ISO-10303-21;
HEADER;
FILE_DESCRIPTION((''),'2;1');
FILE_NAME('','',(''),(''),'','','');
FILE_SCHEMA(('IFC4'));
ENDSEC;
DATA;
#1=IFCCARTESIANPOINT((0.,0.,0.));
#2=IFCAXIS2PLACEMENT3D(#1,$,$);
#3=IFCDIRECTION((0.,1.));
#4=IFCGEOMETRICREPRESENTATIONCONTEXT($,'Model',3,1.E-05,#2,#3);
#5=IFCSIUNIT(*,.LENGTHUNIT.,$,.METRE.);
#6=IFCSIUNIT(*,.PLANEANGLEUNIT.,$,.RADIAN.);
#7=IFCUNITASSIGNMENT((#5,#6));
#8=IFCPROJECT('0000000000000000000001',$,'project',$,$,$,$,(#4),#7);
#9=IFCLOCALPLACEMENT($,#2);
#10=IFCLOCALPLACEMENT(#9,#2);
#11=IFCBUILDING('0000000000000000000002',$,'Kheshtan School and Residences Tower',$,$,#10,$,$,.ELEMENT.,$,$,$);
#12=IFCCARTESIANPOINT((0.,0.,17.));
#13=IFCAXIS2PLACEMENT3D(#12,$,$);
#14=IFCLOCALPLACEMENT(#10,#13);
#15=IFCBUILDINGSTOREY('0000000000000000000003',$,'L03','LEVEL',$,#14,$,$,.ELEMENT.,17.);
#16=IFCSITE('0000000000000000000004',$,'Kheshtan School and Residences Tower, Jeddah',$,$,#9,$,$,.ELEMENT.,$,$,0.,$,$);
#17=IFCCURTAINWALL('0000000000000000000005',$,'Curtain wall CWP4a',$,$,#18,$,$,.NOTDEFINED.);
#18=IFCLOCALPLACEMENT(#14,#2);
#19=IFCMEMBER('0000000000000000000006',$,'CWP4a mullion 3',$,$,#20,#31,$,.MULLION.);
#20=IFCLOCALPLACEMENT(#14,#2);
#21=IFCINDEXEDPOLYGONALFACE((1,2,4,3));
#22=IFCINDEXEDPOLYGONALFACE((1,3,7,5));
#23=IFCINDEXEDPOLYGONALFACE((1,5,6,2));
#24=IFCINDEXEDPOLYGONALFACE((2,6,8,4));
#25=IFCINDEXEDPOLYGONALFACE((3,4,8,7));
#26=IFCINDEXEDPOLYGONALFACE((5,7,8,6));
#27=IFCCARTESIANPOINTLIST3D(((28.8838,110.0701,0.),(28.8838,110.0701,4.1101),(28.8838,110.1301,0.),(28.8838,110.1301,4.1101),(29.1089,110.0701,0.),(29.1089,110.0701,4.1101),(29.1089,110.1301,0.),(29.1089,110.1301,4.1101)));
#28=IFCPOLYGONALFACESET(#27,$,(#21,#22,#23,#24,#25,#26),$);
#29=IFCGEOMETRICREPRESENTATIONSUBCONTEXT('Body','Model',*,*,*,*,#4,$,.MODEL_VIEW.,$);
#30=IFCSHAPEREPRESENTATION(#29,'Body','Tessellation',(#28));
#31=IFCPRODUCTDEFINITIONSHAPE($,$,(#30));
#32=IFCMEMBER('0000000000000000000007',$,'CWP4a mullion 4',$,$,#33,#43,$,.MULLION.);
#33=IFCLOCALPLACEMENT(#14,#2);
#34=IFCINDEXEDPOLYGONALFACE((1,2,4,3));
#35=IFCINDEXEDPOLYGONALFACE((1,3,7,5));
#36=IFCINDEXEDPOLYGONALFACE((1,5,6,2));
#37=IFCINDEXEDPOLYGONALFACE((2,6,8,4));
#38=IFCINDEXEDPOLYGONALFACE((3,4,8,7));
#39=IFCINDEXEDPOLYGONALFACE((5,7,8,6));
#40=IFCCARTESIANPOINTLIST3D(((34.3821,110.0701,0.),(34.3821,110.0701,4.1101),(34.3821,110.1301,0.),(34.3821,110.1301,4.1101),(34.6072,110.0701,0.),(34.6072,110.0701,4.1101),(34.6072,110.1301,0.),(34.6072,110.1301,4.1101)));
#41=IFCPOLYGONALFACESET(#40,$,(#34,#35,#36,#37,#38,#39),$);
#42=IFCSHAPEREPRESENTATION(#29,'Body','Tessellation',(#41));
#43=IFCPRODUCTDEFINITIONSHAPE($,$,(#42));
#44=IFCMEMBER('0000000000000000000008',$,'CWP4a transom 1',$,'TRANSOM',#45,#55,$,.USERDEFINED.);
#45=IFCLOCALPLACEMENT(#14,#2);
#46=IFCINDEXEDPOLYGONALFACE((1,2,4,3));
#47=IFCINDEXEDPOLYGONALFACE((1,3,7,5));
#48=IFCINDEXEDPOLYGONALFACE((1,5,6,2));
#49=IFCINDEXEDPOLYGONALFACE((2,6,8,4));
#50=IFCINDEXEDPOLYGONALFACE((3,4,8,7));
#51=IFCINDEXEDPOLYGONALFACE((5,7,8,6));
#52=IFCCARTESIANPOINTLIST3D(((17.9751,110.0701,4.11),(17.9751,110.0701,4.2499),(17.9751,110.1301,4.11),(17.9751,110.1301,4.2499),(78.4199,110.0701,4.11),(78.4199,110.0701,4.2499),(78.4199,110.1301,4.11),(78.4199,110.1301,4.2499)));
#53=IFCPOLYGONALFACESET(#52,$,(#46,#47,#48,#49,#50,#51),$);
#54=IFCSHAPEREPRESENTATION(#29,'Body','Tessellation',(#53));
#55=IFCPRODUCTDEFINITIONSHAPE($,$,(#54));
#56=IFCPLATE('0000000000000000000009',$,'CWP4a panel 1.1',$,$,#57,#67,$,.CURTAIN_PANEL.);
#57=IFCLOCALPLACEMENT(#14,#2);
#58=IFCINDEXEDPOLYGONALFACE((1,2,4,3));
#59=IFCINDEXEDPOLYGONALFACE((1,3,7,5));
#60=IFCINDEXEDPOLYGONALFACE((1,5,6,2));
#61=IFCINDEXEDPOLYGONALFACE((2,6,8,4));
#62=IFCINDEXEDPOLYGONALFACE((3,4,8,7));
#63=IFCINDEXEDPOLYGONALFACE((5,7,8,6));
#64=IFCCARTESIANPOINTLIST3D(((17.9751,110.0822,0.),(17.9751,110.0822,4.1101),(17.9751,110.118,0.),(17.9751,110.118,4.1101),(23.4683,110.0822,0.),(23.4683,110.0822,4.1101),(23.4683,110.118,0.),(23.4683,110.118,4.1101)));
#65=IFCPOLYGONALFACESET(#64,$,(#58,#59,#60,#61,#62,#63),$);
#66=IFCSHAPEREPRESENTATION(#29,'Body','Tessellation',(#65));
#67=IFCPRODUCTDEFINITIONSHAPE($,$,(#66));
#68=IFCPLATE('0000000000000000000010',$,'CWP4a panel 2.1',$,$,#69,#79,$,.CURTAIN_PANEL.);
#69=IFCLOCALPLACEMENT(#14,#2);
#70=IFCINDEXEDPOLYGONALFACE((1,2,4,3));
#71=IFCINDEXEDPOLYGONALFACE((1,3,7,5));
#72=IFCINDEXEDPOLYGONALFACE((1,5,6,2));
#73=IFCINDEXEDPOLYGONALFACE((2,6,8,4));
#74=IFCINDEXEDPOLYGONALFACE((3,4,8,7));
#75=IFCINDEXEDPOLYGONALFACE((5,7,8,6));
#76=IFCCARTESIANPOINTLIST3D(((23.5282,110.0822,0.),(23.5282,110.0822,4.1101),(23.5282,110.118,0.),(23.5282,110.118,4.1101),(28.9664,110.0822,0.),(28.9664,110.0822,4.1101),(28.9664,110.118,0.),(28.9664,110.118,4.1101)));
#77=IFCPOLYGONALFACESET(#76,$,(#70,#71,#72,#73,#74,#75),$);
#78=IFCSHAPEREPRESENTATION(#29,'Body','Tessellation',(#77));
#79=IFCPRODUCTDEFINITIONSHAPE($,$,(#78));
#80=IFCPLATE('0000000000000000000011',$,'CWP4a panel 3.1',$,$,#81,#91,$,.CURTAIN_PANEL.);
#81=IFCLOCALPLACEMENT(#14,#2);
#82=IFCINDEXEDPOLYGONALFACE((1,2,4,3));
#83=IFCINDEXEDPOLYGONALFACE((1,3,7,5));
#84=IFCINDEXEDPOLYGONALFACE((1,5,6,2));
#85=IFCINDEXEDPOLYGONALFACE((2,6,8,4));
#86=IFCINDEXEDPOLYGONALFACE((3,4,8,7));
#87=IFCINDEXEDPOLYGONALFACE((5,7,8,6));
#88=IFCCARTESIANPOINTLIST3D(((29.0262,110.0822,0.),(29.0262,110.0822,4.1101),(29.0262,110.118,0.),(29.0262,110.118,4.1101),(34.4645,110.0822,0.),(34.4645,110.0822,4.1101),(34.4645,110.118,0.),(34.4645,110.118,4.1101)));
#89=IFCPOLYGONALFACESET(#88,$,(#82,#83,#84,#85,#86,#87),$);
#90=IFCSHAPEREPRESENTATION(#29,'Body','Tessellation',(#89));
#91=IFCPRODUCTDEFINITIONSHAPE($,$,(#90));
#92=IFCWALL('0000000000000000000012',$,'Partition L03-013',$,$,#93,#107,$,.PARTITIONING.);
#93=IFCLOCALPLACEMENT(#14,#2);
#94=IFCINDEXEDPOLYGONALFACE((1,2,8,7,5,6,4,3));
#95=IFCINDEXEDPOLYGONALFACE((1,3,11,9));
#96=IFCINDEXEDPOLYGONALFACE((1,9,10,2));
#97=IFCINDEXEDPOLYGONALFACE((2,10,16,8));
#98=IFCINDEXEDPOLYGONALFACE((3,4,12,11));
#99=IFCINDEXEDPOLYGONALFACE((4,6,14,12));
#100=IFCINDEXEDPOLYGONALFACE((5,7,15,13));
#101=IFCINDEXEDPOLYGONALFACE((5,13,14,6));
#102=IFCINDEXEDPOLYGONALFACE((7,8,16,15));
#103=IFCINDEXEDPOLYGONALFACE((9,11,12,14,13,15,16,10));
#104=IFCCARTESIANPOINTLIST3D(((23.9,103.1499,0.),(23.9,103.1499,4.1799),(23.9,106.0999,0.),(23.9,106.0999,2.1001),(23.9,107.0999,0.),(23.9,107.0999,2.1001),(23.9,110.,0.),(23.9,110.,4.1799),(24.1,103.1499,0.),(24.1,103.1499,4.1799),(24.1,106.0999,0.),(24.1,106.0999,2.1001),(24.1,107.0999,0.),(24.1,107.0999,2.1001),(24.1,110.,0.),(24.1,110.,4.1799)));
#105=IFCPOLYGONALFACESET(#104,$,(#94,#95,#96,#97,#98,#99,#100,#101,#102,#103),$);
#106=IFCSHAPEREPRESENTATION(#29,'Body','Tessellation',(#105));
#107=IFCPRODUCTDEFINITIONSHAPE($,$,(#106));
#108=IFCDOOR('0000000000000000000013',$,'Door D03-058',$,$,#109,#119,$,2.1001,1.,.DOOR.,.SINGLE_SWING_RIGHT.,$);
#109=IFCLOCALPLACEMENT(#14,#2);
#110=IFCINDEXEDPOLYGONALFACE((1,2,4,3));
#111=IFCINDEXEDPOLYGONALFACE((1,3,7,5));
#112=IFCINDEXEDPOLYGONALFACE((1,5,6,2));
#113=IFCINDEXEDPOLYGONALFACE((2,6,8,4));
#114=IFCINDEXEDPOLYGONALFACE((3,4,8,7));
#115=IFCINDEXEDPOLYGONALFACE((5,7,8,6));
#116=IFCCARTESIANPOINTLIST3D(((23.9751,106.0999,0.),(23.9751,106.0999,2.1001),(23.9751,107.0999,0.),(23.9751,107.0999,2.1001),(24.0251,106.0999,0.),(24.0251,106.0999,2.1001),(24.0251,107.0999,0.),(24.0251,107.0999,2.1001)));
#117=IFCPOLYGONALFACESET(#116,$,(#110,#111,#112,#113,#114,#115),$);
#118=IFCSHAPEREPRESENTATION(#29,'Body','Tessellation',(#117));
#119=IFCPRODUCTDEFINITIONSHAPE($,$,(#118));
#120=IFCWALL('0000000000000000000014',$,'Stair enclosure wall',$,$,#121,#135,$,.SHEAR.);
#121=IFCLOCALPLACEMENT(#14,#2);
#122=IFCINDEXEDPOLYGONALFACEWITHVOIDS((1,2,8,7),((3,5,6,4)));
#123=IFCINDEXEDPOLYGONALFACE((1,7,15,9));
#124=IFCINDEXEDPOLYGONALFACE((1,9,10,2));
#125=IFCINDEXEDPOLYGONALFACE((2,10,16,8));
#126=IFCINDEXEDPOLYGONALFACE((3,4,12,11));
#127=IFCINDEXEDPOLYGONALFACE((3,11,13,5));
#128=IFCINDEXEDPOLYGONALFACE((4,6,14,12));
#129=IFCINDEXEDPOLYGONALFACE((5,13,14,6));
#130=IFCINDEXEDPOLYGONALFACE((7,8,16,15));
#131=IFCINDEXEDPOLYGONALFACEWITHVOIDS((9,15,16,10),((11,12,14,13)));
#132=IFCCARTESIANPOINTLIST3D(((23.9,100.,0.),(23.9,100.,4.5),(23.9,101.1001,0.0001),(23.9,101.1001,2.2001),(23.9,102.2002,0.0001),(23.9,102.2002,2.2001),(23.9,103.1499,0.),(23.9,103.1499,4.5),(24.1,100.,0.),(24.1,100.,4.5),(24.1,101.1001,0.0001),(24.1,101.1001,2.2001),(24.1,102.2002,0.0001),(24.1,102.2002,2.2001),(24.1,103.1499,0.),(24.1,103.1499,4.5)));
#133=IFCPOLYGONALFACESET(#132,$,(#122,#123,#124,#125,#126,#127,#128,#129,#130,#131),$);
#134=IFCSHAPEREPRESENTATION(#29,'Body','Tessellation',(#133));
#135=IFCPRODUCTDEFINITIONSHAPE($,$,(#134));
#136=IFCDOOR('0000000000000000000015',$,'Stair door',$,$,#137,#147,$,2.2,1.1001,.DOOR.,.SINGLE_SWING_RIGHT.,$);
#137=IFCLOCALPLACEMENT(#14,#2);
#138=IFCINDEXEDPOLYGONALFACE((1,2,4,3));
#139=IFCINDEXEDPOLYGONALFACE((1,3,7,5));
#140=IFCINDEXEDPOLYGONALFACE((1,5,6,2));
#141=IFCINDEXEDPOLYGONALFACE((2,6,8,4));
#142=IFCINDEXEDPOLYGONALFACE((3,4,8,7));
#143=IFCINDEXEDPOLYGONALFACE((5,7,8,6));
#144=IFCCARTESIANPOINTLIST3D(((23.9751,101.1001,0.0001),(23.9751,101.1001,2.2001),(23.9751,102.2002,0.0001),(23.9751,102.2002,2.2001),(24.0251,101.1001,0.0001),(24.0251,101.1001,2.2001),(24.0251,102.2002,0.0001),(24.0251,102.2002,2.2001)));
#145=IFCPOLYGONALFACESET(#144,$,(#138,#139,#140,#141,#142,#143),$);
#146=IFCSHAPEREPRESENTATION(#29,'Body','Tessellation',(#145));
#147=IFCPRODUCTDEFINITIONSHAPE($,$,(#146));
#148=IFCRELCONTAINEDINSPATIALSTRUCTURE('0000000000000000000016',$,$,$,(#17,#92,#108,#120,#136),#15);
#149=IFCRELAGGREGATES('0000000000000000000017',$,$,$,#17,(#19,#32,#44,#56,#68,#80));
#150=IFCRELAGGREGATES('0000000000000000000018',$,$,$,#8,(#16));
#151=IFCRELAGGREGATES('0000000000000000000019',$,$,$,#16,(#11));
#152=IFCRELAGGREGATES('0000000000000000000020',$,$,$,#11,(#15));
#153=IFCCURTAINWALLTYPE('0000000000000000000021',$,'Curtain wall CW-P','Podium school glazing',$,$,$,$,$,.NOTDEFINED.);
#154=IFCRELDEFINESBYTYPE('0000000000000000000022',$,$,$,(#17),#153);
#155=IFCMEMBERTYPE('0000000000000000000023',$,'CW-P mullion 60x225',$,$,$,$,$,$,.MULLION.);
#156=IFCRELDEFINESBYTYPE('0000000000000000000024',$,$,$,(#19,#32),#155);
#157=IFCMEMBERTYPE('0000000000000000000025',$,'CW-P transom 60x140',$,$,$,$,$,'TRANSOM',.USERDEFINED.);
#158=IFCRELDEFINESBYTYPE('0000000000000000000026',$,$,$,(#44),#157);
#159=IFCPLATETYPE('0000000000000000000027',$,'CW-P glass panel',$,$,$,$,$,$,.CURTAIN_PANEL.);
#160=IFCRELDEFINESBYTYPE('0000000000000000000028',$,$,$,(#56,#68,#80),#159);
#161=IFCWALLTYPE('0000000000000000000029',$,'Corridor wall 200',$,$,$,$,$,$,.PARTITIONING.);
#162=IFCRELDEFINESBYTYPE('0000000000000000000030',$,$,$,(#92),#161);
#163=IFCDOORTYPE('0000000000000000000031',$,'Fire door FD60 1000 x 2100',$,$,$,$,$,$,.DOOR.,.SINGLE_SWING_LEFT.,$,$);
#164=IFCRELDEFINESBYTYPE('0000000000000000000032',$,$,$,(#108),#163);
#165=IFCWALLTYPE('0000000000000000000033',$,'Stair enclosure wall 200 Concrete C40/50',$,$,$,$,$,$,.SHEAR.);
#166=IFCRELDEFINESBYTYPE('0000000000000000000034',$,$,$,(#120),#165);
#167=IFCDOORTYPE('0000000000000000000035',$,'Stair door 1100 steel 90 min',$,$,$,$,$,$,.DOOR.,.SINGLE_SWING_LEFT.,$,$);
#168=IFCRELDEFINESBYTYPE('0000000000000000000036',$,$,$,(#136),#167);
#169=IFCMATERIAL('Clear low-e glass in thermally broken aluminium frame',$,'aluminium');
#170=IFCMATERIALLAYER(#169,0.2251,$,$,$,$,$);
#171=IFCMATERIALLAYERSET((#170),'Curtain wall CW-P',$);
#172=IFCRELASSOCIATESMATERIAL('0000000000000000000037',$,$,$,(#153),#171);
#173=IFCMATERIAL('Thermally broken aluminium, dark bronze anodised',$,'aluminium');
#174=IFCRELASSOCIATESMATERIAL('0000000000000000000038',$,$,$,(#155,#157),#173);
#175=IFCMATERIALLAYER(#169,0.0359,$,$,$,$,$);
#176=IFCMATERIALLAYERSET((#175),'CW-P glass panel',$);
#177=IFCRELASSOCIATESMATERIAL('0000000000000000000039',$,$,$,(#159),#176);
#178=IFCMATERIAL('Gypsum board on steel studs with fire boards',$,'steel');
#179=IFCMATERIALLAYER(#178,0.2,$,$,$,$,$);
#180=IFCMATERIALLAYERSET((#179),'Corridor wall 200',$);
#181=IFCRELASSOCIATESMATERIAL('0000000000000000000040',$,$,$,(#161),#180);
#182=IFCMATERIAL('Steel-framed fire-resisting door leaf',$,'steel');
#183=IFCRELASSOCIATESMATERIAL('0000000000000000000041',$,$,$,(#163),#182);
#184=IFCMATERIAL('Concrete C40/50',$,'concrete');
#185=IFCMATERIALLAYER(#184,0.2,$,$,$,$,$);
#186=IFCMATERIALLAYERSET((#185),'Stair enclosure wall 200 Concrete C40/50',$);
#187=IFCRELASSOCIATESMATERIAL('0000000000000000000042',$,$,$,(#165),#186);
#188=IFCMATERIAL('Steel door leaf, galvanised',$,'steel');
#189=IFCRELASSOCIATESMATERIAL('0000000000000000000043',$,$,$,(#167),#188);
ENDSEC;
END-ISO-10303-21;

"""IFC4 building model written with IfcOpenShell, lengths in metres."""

from ifc_helpers import new_model, si_unit, direction, frame, frame_2d, origin, origin_2d, place, context, subcontext, project, spatial, rectangle, extrude, source, transform, mapped, material, layer, layer_set, material_profile, profile_set, type_object, element, fill, aggregate, save


model = new_model("IFC4")

# Units and contexts
model_context = context("Model", 3, precision=1e-05, world=origin(), true_north=direction((0.0, 1.0)))
body_context = subcontext(model_context, "Body", "Model", "MODEL_VIEW")
ifc_project = project(units=[si_unit("LENGTHUNIT", "METRE"), si_unit("PLANEANGLEUNIT", "RADIAN")], contexts=[model_context])

# Site, building, storey
site_placement = place(None, origin())
site = spatial("IfcSite", under=ifc_project, at=site_placement, Name="Kheshtan School and Residences Tower, Jeddah", CompositionType="ELEMENT", RefElevation=0.0)
building_placement = place(site_placement, origin())
building = spatial("IfcBuilding", under=site, at=building_placement, Name="Kheshtan School and Residences Tower", CompositionType="ELEMENT")
storey_placement = place(building_placement, frame((0.0, 0.0, 17.0)))
storey = spatial("IfcBuildingStorey", under=building, at=storey_placement, Name="L03", Description="LEVEL", CompositionType="ELEMENT", Elevation=17.0)

# Curtain wall, members, plates
ifc_material_1 = material(Name="Clear low-e glass in thermally broken aluminium frame", Category="aluminium")
ifc_layer_1 = layer(ifc_material_1, 0.2251)
ifc_layer_set_1 = layer_set([ifc_layer_1], Name="Curtain wall CW-P")
curtain_wall_type = type_object("IfcCurtainWallType", Name="Curtain wall CW-P", Description="Podium school glazing", PredefinedType="NOTDEFINED", material=ifc_layer_set_1)
curtain_wall_placement = place(storey_placement, origin())
curtain_wall = element("IfcCurtainWall", 1, at=curtain_wall_placement, inside=storey, type_object=curtain_wall_type, Name="Curtain wall CWP4a", PredefinedType="NOTDEFINED")
ifc_material_2 = material(Name="Thermally broken aluminium, dark bronze anodised", Category="aluminium")
ifc_material_profile_1 = material_profile(ifc_material_2, rectangle(XDim=0.0601, YDim=0.2251, at=origin_2d()), Name="CW-P mullion 60x225")
ifc_profile_set_1 = profile_set([ifc_material_profile_1], Name="Thermally broken aluminium, dark bronze anodised")
member_type_1 = type_object("IfcMemberType", Name="CW-P mullion 60x225", PredefinedType="MULLION", material=ifc_profile_set_1)
member_1_placement = place(storey_placement, frame((28.9963, 110.1001, 0.0), z_axis=(0.0, 0.0, 1.0), x_axis=(0.0, 1.0, 0.0)))
member_1 = element("IfcMember", 2, at=member_1_placement, type_object=member_type_1, Name="CWP4a mullion 3", PredefinedType="MULLION", context=body_context, shape_type="SweptSolid", body=[
    extrude(rectangle(XDim=0.0601, YDim=0.2251, at=origin_2d()), origin(), (0.0, 0.0, 1.0), 4.1101),
])
member_2_placement = place(storey_placement, frame((34.4946, 110.1001, 0.0), z_axis=(0.0, 0.0, 1.0), x_axis=(0.0, 1.0, 0.0)))
member_2 = element("IfcMember", 3, at=member_2_placement, type_object=member_type_1, Name="CWP4a mullion 4", PredefinedType="MULLION", context=body_context, shape_type="SweptSolid", body=[
    extrude(rectangle(XDim=0.0601, YDim=0.2251, at=origin_2d()), origin(), (0.0, 0.0, 1.0), 4.1101),
])
ifc_material_profile_2 = material_profile(ifc_material_2, rectangle(XDim=0.0601, YDim=0.1399, at=origin_2d()), Name="CW-P transom 60x140")
ifc_profile_set_2 = profile_set([ifc_material_profile_2], Name="Thermally broken aluminium, dark bronze anodised")
member_type_2 = type_object("IfcMemberType", Name="CW-P transom 60x140", ElementType="TRANSOM", PredefinedType="USERDEFINED", material=ifc_profile_set_2)
member_3_placement = place(storey_placement, frame((17.9751, 110.1001, 4.1799), z_axis=(1.0, 0.0, 0.0), x_axis=(0.0, 1.0, 0.0)))
member_3 = element("IfcMember", 4, at=member_3_placement, type_object=member_type_2, Name="CWP4a transom 1", ObjectType="TRANSOM", PredefinedType="USERDEFINED", context=body_context, shape_type="SweptSolid", body=[
    extrude(rectangle(XDim=0.0601, YDim=0.1399, at=origin_2d()), origin(), (0.0, 0.0, 1.0), 60.4448),
])
ifc_layer_2 = layer(ifc_material_1, 0.0359)
ifc_layer_set_2 = layer_set([ifc_layer_2], Name="CW-P glass panel")
plate_type = type_object("IfcPlateType", Name="CW-P glass panel", PredefinedType="CURTAIN_PANEL", material=ifc_layer_set_2)
plate_1_placement = place(storey_placement, frame((20.7217, 110.1001, 0.0), z_axis=(0.0, 0.0, 1.0), x_axis=(1.0, 0.0, 0.0)))
plate_1 = element("IfcPlate", 5, at=plate_1_placement, type_object=plate_type, Name="CWP4a panel 1.1", PredefinedType="CURTAIN_PANEL", context=body_context, shape_type="SweptSolid", body=[
    extrude(rectangle(XDim=5.4932, YDim=0.0359, at=origin_2d()), origin(), (0.0, 0.0, 1.0), 4.1101),
])
plate_2_placement = place(storey_placement, frame((26.2473, 110.1001, 0.0), z_axis=(0.0, 0.0, 1.0), x_axis=(1.0, 0.0, 0.0)))
plate_2 = element("IfcPlate", 6, at=plate_2_placement, type_object=plate_type, Name="CWP4a panel 2.1", PredefinedType="CURTAIN_PANEL", context=body_context, shape_type="SweptSolid", body=[
    extrude(rectangle(XDim=5.4382, YDim=0.0359, at=origin_2d()), origin(), (0.0, 0.0, 1.0), 4.1101),
])
plate_3_placement = place(storey_placement, frame((31.7454, 110.1001, 0.0), z_axis=(0.0, 0.0, 1.0), x_axis=(1.0, 0.0, 0.0)))
plate_3 = element("IfcPlate", 7, at=plate_3_placement, type_object=plate_type, Name="CWP4a panel 3.1", PredefinedType="CURTAIN_PANEL", context=body_context, shape_type="SweptSolid", body=[
    extrude(rectangle(XDim=5.4382, YDim=0.0359, at=origin_2d()), origin(), (0.0, 0.0, 1.0), 4.1101),
])
aggregate(curtain_wall, [member_1, member_2, member_3, plate_1, plate_2, plate_3])

# Walls, openings, doors
ifc_material_3 = material(Name="Gypsum board on steel studs with fire boards", Category="steel")
ifc_layer_3 = layer(ifc_material_3, 0.2)
ifc_layer_set_3 = layer_set([ifc_layer_3], Name="Corridor wall 200")
wall_type_1 = type_object("IfcWallType", Name="Corridor wall 200", PredefinedType="PARTITIONING", material=ifc_layer_set_3)
wall_1_placement = place(storey_placement, frame((24.0, 103.1499, 0.0), z_axis=(0.0, 0.0, 1.0), x_axis=(0.0, 1.0, 0.0)))
wall_1 = element("IfcWall", 8, at=wall_1_placement, inside=storey, type_object=wall_type_1, Name="Partition L03-013", PredefinedType="PARTITIONING", context=body_context, shape_type="SweptSolid", body=[
    extrude(rectangle(XDim=6.8501, YDim=0.2, at=frame_2d((3.425, 0.0))), origin(), (0.0, 0.0, 1.0), 4.1799),
])
opening_1_placement = place(wall_1_placement, frame((2.95, 0.0, 0.0)))
opening_1 = element("IfcOpeningElement", 9, at=opening_1_placement, cuts=wall_1, PredefinedType="OPENING", context=body_context, shape_type="SweptSolid", body=[
    extrude(rectangle(XDim=1.0, YDim=2.1001, at=frame_2d((0.5, 1.05))), frame((0.0, 0.1099, 0.0), z_axis=(0.0, -1.0, 0.0), x_axis=(1.0, 0.0, 0.0)), (0.0, 0.0, 1.0), 0.22),
])
ifc_material_4 = material(Name="Steel-framed fire-resisting door leaf", Category="steel")
door_type_1 = type_object("IfcDoorType", Name="Fire door FD60 1000 x 2100", OperationType="SINGLE_SWING_LEFT", PredefinedType="DOOR", material=ifc_material_4)
shared_shape_1 = source(origin(), body_context, "Body", "SweptSolid", [
    extrude(rectangle(XDim=1.0, YDim=2.1001, at=frame_2d((0.5, 1.05))), frame((0.0, 0.0249, 0.0), z_axis=(0.0, -1.0, 0.0), x_axis=(1.0, 0.0, 0.0)), (0.0, 0.0, 1.0), 0.05),
])
door_1_placement = place(opening_1_placement, origin())
door_1 = element("IfcDoor", 10, at=door_1_placement, inside=storey, type_object=door_type_1, Name="Door D03-058", OperationType="SINGLE_SWING_RIGHT", OverallHeight=2.1001, OverallWidth=1.0, PredefinedType="DOOR", context=body_context, shape_type="MappedRepresentation", body=[
    mapped(shared_shape_1, transform((0.0, 0.0, 0.0), x_axis=(1.0, 0.0, 0.0), y_axis=(0.0, 1.0, 0.0), z_axis=(0.0, 0.0, 1.0), scale=1.0)),
])
fill(opening_1, door_1)
ifc_material_5 = material(Name="Concrete C40/50", Category="concrete")
ifc_layer_4 = layer(ifc_material_5, 0.2)
ifc_layer_set_4 = layer_set([ifc_layer_4], Name="Stair enclosure wall 200 Concrete C40/50")
wall_type_2 = type_object("IfcWallType", Name="Stair enclosure wall 200 Concrete C40/50", PredefinedType="SHEAR", material=ifc_layer_set_4)
wall_2_placement = place(storey_placement, frame((24.0, 100.0, 0.0), z_axis=(0.0, 0.0, 1.0), x_axis=(0.0, 1.0, 0.0)))
wall_2 = element("IfcWall", 11, at=wall_2_placement, inside=storey, type_object=wall_type_2, Name="Stair enclosure wall", PredefinedType="SHEAR", context=body_context, shape_type="SweptSolid", body=[
    extrude(rectangle(XDim=3.1499, YDim=0.2, at=frame_2d((1.575, 0.0))), origin(), (0.0, 0.0, 1.0), 4.5),
])
opening_2_placement = place(wall_2_placement, frame((1.1001, 0.0, 0.0)))
opening_2 = element("IfcOpeningElement", 12, at=opening_2_placement, cuts=wall_2, PredefinedType="OPENING", context=body_context, shape_type="SweptSolid", body=[
    extrude(rectangle(XDim=1.1001, YDim=2.2, at=frame_2d((0.55, 1.1001))), frame((0.0, 0.1099, 0.0), z_axis=(0.0, -1.0, 0.0), x_axis=(1.0, 0.0, 0.0)), (0.0, 0.0, 1.0), 0.22),
])
ifc_material_6 = material(Name="Steel door leaf, galvanised", Category="steel")
door_type_2 = type_object("IfcDoorType", Name="Stair door 1100 steel 90 min", OperationType="SINGLE_SWING_LEFT", PredefinedType="DOOR", material=ifc_material_6)
shared_shape_2 = source(origin(), body_context, "Body", "SweptSolid", [
    extrude(rectangle(XDim=1.1001, YDim=2.2, at=frame_2d((0.55, 1.1001))), frame((0.0, 0.0249, 0.0), z_axis=(0.0, -1.0, 0.0), x_axis=(1.0, 0.0, 0.0)), (0.0, 0.0, 1.0), 0.05),
])
door_2_placement = place(opening_2_placement, origin())
door_2 = element("IfcDoor", 13, at=door_2_placement, inside=storey, type_object=door_type_2, Name="Stair door", OperationType="SINGLE_SWING_RIGHT", OverallHeight=2.2, OverallWidth=1.1001, PredefinedType="DOOR", context=body_context, shape_type="MappedRepresentation", body=[
    mapped(shared_shape_2, transform((0.0, 0.0, 0.0), x_axis=(1.0, 0.0, 0.0), y_axis=(0.0, 1.0, 0.0), z_axis=(0.0, 0.0, 1.0), scale=1.0)),
])
fill(opening_2, door_2)

save(model, "model.ifc")
